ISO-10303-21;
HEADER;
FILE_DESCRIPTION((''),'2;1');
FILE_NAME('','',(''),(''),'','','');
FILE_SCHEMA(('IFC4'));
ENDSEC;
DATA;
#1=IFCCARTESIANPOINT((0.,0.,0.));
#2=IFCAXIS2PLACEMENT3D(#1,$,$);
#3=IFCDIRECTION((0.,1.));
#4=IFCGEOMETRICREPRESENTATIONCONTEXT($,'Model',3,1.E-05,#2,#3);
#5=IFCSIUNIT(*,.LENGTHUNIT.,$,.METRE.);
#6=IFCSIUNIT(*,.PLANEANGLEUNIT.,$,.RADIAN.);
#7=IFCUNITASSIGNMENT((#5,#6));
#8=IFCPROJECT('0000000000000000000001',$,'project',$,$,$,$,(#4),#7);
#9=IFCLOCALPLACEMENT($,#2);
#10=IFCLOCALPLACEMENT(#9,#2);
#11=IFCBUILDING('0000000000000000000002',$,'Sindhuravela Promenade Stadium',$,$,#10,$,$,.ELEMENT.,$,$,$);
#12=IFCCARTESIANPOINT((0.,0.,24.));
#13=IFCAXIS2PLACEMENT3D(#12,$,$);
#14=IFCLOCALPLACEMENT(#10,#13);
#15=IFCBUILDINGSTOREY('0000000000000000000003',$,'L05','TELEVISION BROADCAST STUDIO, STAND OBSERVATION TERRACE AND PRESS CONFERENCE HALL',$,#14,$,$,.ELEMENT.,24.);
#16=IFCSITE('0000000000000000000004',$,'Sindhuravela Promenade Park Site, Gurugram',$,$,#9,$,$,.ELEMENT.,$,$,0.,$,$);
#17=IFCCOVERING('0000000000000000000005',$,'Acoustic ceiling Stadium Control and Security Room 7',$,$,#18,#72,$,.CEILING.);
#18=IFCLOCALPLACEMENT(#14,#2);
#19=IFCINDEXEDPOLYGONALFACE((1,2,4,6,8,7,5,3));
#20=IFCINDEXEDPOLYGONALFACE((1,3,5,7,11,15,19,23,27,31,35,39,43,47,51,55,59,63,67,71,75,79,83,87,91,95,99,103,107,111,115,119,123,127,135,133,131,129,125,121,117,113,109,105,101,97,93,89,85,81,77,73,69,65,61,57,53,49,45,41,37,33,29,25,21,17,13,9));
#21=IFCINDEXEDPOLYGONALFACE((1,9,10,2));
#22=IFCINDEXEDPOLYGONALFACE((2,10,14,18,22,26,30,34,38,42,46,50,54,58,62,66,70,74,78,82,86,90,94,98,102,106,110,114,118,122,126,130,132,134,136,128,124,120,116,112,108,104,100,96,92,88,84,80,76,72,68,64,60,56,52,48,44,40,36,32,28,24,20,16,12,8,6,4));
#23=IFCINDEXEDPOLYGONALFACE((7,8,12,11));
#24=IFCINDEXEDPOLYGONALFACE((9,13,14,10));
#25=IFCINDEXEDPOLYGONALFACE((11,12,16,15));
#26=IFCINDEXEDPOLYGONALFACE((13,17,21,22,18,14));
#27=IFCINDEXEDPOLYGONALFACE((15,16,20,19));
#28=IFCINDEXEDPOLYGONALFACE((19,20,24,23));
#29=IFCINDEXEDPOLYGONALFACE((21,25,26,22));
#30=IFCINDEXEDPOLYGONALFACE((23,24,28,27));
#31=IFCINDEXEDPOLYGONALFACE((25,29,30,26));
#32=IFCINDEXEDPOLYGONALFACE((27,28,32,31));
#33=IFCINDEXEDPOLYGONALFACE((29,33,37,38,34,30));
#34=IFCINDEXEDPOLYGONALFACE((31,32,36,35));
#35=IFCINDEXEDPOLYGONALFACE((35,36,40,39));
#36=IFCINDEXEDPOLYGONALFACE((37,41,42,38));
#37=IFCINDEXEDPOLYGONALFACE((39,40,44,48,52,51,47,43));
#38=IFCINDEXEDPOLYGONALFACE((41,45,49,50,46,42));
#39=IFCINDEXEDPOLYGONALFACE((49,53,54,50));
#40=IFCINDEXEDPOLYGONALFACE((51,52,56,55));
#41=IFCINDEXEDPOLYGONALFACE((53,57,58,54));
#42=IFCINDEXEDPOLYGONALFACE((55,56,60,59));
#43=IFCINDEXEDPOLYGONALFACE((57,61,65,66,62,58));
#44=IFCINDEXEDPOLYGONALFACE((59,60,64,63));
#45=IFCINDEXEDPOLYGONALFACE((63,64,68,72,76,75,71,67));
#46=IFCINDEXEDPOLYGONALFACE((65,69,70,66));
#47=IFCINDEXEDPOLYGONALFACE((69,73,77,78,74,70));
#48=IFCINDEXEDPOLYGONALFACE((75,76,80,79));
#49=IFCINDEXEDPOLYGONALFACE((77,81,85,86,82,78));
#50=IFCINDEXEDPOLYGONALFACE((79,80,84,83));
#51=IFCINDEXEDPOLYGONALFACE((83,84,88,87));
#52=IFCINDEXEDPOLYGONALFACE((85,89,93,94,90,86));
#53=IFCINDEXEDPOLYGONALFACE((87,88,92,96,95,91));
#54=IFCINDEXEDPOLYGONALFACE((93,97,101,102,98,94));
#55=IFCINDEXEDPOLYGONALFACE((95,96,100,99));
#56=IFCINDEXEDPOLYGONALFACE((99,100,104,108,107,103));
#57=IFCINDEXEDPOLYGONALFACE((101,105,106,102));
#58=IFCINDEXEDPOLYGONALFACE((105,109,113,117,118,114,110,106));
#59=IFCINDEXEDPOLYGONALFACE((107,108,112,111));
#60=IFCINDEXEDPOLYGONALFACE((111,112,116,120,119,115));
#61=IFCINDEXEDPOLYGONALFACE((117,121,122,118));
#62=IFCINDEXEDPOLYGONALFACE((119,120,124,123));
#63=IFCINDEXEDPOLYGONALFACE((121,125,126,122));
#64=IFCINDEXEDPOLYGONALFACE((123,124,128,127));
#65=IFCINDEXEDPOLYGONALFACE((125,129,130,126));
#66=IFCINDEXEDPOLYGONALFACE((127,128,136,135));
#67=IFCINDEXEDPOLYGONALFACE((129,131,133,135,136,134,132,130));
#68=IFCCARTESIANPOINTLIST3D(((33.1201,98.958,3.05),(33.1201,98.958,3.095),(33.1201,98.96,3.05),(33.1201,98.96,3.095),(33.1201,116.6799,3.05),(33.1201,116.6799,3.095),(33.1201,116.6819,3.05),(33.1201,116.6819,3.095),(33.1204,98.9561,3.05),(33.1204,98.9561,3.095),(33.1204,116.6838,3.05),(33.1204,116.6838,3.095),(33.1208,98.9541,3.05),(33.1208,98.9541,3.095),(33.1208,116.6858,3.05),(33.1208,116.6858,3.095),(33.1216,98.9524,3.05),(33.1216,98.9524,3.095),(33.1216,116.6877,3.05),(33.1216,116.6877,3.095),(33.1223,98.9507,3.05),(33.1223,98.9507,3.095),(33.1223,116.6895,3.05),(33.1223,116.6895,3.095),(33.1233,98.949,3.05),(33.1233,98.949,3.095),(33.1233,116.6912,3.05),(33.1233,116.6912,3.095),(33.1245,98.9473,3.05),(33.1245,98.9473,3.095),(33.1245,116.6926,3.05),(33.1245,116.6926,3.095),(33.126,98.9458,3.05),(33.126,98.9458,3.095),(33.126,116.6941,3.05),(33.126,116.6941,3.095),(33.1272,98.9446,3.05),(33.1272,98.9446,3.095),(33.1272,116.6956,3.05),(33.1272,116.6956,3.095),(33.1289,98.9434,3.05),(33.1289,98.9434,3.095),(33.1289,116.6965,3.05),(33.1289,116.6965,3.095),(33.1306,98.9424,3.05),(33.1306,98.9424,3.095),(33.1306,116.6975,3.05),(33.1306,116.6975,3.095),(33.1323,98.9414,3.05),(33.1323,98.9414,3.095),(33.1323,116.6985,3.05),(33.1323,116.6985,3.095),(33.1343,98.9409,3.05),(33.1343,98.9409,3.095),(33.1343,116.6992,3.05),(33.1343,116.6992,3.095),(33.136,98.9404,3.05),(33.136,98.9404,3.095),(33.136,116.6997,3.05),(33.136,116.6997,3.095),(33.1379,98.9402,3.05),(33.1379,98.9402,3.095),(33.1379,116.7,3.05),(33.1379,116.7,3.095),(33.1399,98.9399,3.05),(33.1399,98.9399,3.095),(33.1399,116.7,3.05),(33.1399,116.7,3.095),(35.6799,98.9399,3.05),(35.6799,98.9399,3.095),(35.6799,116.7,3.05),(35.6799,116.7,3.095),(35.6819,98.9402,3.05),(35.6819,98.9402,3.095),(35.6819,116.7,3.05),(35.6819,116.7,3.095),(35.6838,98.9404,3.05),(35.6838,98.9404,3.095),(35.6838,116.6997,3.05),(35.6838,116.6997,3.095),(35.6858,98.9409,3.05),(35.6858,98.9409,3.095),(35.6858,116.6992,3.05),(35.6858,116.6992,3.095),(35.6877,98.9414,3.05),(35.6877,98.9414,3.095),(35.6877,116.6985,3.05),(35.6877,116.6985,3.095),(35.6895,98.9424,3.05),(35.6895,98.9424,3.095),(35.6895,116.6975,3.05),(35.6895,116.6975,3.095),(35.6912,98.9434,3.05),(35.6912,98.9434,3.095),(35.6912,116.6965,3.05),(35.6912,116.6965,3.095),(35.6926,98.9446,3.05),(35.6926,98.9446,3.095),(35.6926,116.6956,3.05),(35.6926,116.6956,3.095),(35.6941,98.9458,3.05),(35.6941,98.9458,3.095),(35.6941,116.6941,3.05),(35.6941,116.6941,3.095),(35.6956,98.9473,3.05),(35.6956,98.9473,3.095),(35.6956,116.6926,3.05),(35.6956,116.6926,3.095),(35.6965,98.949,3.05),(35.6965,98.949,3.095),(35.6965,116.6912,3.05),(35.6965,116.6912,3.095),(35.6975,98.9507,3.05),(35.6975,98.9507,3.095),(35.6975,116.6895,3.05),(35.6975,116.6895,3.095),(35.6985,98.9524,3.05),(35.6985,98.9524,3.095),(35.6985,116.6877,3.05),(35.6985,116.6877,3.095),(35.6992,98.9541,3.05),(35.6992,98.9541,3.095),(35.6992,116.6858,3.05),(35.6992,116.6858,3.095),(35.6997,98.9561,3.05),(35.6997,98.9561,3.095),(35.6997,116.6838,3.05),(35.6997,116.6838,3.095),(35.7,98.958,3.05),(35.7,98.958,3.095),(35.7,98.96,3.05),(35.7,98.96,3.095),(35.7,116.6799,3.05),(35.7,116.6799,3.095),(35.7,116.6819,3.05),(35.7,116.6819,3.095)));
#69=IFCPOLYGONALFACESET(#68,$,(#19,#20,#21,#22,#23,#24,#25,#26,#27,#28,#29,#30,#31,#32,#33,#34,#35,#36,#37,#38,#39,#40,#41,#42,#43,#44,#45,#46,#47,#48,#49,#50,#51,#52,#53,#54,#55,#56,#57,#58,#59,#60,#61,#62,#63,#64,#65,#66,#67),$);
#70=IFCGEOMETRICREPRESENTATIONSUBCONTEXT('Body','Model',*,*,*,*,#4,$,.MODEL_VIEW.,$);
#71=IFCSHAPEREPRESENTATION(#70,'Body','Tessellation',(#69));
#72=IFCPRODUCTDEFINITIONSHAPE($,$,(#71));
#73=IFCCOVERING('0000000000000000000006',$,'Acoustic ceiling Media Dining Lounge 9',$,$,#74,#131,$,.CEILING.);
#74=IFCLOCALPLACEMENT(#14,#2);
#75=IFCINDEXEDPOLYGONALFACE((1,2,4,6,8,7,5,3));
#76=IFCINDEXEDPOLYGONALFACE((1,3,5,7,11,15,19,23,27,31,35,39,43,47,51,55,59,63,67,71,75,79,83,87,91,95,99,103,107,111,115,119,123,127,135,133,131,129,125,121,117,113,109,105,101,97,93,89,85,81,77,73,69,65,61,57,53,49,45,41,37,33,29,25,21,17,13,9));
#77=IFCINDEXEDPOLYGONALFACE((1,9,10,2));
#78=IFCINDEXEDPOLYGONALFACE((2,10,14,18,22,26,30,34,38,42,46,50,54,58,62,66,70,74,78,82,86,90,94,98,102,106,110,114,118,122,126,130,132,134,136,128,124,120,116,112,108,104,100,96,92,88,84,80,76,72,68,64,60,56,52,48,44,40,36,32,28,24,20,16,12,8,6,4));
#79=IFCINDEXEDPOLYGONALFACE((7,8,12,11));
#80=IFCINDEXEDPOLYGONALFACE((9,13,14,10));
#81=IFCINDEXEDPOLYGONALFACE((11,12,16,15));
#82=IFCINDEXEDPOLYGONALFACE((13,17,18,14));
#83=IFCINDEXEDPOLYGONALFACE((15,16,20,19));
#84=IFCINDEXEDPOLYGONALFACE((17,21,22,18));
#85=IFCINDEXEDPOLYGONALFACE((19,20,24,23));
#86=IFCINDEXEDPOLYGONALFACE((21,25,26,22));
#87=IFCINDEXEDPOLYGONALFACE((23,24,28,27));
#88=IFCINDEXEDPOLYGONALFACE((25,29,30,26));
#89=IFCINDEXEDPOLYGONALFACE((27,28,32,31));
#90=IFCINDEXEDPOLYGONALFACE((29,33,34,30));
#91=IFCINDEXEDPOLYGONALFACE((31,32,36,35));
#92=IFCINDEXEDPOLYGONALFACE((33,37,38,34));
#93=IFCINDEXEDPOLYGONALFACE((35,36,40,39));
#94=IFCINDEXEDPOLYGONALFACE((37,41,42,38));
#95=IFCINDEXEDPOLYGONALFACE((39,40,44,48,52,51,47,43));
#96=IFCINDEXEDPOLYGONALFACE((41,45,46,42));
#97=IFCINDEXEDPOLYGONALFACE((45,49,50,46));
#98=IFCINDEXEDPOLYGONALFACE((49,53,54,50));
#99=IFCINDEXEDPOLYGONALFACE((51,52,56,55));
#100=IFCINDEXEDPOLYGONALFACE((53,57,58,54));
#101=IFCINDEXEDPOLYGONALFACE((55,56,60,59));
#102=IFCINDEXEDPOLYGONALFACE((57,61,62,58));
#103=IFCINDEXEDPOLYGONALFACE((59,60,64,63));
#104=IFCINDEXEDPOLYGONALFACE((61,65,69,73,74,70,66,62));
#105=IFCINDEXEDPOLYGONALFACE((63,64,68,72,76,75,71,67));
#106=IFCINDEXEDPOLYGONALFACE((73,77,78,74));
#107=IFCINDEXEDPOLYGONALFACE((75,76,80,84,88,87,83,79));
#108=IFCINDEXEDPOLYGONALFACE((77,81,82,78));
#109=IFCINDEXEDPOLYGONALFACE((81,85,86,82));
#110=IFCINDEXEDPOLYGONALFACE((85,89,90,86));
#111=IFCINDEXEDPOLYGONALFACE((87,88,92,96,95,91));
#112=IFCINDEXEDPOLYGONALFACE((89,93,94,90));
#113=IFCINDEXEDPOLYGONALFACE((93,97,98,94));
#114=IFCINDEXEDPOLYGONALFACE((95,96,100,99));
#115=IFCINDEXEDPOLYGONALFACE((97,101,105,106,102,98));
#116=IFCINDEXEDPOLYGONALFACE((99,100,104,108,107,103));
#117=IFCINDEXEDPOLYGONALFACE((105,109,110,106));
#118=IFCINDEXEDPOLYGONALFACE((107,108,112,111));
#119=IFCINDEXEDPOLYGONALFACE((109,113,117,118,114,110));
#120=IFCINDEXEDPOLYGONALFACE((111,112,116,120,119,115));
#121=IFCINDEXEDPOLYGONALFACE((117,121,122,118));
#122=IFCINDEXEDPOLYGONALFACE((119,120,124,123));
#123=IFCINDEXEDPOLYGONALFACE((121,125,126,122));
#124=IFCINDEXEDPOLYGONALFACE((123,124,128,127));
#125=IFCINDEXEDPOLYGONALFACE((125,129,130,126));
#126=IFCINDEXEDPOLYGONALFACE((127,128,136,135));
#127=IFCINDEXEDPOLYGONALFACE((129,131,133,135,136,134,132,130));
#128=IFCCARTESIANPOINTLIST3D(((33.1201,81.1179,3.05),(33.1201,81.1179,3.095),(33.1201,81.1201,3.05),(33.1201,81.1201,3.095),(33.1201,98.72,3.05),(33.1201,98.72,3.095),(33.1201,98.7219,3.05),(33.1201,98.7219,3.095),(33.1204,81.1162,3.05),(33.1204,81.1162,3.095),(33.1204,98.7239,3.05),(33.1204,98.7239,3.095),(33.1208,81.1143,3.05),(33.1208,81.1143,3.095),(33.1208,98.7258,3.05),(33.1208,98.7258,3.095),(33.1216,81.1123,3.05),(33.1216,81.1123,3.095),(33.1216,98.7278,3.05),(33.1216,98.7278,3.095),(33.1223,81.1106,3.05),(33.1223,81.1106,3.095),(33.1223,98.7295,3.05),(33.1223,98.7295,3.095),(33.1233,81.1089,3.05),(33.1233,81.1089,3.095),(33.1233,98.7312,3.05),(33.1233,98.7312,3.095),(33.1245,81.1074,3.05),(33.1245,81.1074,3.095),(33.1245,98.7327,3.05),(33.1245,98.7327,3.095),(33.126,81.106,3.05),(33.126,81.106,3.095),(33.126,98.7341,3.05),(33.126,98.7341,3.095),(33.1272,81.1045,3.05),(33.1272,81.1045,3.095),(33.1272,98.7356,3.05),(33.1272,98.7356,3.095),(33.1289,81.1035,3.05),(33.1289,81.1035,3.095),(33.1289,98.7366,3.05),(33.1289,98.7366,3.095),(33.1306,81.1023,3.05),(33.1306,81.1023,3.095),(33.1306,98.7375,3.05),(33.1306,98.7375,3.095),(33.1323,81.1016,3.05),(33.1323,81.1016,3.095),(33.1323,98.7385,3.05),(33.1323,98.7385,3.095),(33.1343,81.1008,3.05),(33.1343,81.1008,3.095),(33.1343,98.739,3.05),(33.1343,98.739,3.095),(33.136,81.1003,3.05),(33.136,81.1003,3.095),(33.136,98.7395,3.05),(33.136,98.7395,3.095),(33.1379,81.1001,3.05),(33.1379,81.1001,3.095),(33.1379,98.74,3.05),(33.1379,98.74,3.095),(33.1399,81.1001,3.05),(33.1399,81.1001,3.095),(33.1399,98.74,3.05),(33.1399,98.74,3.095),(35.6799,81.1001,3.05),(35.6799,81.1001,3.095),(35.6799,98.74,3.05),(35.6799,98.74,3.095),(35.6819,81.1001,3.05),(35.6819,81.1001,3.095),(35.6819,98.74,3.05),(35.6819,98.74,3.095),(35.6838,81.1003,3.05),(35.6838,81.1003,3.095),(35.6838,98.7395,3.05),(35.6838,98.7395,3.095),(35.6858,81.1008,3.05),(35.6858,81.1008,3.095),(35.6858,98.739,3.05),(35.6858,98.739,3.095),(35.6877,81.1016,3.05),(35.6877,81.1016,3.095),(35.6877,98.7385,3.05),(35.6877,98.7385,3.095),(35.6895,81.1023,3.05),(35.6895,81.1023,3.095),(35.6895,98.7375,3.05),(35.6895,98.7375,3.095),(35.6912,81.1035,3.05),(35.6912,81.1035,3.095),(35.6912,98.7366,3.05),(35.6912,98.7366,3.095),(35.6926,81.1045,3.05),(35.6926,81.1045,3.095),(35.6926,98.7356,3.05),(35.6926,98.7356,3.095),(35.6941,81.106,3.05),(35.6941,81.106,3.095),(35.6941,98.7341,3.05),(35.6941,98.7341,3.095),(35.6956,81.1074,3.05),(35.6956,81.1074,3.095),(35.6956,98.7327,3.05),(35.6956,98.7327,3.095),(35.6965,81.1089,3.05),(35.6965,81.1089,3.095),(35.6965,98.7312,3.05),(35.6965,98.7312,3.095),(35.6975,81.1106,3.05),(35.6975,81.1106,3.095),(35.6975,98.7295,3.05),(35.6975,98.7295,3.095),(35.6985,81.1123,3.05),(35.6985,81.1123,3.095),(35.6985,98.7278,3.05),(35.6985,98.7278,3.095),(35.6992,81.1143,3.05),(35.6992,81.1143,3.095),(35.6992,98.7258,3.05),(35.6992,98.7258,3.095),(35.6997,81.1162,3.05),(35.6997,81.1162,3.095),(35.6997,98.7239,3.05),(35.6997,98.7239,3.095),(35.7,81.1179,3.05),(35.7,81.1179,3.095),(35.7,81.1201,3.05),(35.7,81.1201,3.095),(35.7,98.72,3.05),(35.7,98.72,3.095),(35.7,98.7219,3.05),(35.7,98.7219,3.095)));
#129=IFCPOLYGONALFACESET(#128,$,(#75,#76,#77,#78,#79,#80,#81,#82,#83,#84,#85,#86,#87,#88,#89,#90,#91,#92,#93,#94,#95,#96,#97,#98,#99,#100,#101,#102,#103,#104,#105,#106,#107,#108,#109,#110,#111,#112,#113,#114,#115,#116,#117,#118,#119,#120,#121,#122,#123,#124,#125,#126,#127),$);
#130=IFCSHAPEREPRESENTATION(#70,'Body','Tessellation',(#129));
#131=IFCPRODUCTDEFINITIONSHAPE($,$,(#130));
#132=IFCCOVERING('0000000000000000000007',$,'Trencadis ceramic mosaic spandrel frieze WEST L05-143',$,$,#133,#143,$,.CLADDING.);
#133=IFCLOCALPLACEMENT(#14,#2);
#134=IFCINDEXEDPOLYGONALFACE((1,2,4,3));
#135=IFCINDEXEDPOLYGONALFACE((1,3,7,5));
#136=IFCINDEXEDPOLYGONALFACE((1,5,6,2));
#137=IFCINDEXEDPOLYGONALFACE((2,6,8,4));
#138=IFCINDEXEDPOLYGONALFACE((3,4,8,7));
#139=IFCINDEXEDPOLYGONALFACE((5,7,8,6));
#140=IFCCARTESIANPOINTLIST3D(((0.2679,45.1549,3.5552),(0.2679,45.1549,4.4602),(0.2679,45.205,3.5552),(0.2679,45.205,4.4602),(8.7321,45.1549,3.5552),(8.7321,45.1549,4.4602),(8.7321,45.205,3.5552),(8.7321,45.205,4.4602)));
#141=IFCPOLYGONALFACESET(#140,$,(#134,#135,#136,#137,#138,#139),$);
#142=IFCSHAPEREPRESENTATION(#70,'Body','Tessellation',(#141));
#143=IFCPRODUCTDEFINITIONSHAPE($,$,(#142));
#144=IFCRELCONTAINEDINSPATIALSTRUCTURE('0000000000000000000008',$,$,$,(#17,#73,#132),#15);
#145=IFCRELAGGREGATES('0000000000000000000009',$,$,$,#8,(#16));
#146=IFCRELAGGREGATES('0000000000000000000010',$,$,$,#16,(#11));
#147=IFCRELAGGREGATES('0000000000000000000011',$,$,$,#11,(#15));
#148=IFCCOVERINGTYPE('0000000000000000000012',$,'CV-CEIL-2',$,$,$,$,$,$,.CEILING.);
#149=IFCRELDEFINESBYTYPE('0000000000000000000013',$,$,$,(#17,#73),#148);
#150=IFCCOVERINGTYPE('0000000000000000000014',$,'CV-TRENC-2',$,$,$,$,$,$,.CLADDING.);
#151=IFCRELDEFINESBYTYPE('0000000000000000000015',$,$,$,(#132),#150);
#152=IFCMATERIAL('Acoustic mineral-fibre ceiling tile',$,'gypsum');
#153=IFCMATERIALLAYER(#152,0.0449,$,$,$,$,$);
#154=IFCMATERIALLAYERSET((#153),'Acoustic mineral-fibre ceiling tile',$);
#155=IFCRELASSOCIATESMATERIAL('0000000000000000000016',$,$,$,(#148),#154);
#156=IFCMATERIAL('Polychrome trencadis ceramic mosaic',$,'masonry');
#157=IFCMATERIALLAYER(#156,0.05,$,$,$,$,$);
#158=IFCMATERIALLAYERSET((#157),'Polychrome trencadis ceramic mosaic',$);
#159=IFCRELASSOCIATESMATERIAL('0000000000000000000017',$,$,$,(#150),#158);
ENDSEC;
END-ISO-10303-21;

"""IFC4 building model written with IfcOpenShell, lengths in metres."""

from ifc_helpers import new_model, si_unit, direction, frame, origin, origin_2d, place, context, subcontext, project, spatial, polyline, rectangle, outline, extrude, material, layer, layer_set, type_object, element, save


model = new_model("IFC4")

# Units and contexts
model_context = context("Model", 3, precision=1e-05, world=origin(), true_north=direction((0.0, 1.0)))
body_context = subcontext(model_context, "Body", "Model", "MODEL_VIEW")
ifc_project = project(units=[si_unit("LENGTHUNIT", "METRE"), si_unit("PLANEANGLEUNIT", "RADIAN")], contexts=[model_context])

# Site, building, storey
site_placement = place(None, origin())
site = spatial("IfcSite", under=ifc_project, at=site_placement, Name="Sindhuravela Promenade Park Site, Gurugram", CompositionType="ELEMENT", RefElevation=0.0)
building_placement = place(site_placement, origin())
building = spatial("IfcBuilding", under=site, at=building_placement, Name="Sindhuravela Promenade Stadium", CompositionType="ELEMENT")
storey_placement = place(building_placement, frame((0.0, 0.0, 24.0)))
storey = spatial("IfcBuildingStorey", under=building, at=storey_placement, Name="L05", Description="TELEVISION BROADCAST STUDIO, STAND OBSERVATION TERRACE AND PRESS CONFERENCE HALL", CompositionType="ELEMENT", Elevation=24.0)

# Coverings
ifc_material_1 = material(Name="Acoustic mineral-fibre ceiling tile", Category="gypsum")
ifc_layer_1 = layer(ifc_material_1, 0.0449)
ifc_layer_set_1 = layer_set([ifc_layer_1], Name="Acoustic mineral-fibre ceiling tile")
covering_type_1 = type_object("IfcCoveringType", Name="CV-CEIL-2", PredefinedType="CEILING", material=ifc_layer_set_1)
covering_1_placement = place(storey_placement, frame((0.0, 0.0, 3.05)))
element("IfcCovering", 1, at=covering_1_placement, inside=storey, type_object=covering_type_1, Name="Acoustic ceiling Stadium Control and Security Room 7", PredefinedType="CEILING", context=body_context, shape_type="SweptSolid", body=[
    extrude(outline(polyline([(35.7, 98.96), (35.7, 98.958), (35.6997, 98.9561), (35.6992, 98.9541), (35.6985, 98.9524), (35.6975, 98.9507), (35.6965, 98.949), (35.6956, 98.9473), (35.6941, 98.9458), (35.6926, 98.9446), (35.6912, 98.9434), (35.6895, 98.9424), (35.6877, 98.9414), (35.6858, 98.9409), (35.6838, 98.9404), (35.6819, 98.9402), (35.6799, 98.9399), (33.1399, 98.9399), (33.1379, 98.9402), (33.136, 98.9404), (33.1343, 98.9409), (33.1323, 98.9414), (33.1306, 98.9424), (33.1289, 98.9434), (33.1272, 98.9446), (33.126, 98.9458), (33.1245, 98.9473), (33.1233, 98.949), (33.1223, 98.9507), (33.1216, 98.9524), (33.1208, 98.9541), (33.1204, 98.9561), (33.1201, 98.958), (33.1201, 98.96), (33.1201, 116.6799), (33.1201, 116.6819), (33.1204, 116.6838), (33.1208, 116.6858), (33.1216, 116.6877), (33.1223, 116.6895), (33.1233, 116.6912), (33.1245, 116.6926), (33.126, 116.6941), (33.1272, 116.6956), (33.1289, 116.6965), (33.1306, 116.6975), (33.1323, 116.6985), (33.1343, 116.6992), (33.136, 116.6997), (33.1379, 116.7), (33.1399, 116.7), (35.6799, 116.7), (35.6819, 116.7), (35.6838, 116.6997), (35.6858, 116.6992), (35.6877, 116.6985), (35.6895, 116.6975), (35.6912, 116.6965), (35.6926, 116.6956), (35.6941, 116.6941), (35.6956, 116.6926), (35.6965, 116.6912), (35.6975, 116.6895), (35.6985, 116.6877), (35.6992, 116.6858), (35.6997, 116.6838), (35.7, 116.6819), (35.7, 116.6799), (35.7, 98.96)])), origin(), (0.0, 0.0, 1.0), 0.0449),
])
covering_2_placement = place(storey_placement, frame((0.0, 0.0, 3.05)))
element("IfcCovering", 2, at=covering_2_placement, inside=storey, type_object=covering_type_1, Name="Acoustic ceiling Media Dining Lounge 9", PredefinedType="CEILING", context=body_context, shape_type="SweptSolid", body=[
    extrude(outline(polyline([(35.7, 81.1201), (35.7, 81.1179), (35.6997, 81.1162), (35.6992, 81.1143), (35.6985, 81.1123), (35.6975, 81.1106), (35.6965, 81.1089), (35.6956, 81.1074), (35.6941, 81.106), (35.6926, 81.1045), (35.6912, 81.1035), (35.6895, 81.1023), (35.6877, 81.1016), (35.6858, 81.1008), (35.6838, 81.1003), (35.6819, 81.1001), (35.6799, 81.1001), (33.1399, 81.1001), (33.1379, 81.1001), (33.136, 81.1003), (33.1343, 81.1008), (33.1323, 81.1016), (33.1306, 81.1023), (33.1289, 81.1035), (33.1272, 81.1045), (33.126, 81.106), (33.1245, 81.1074), (33.1233, 81.1089), (33.1223, 81.1106), (33.1216, 81.1123), (33.1208, 81.1143), (33.1204, 81.1162), (33.1201, 81.1179), (33.1201, 81.1201), (33.1201, 98.72), (33.1201, 98.7219), (33.1204, 98.7239), (33.1208, 98.7258), (33.1216, 98.7278), (33.1223, 98.7295), (33.1233, 98.7312), (33.1245, 98.7327), (33.126, 98.7341), (33.1272, 98.7356), (33.1289, 98.7366), (33.1306, 98.7375), (33.1323, 98.7385), (33.1343, 98.739), (33.136, 98.7395), (33.1379, 98.74), (33.1399, 98.74), (35.6799, 98.74), (35.6819, 98.74), (35.6838, 98.7395), (35.6858, 98.739), (35.6877, 98.7385), (35.6895, 98.7375), (35.6912, 98.7366), (35.6926, 98.7356), (35.6941, 98.7341), (35.6956, 98.7327), (35.6965, 98.7312), (35.6975, 98.7295), (35.6985, 98.7278), (35.6992, 98.7258), (35.6997, 98.7239), (35.7, 98.7219), (35.7, 98.72), (35.7, 81.1201)])), origin(), (0.0, 0.0, 1.0), 0.0449),
])
ifc_material_2 = material(Name="Polychrome trencadis ceramic mosaic", Category="masonry")
ifc_layer_2 = layer(ifc_material_2, 0.05)
ifc_layer_set_2 = layer_set([ifc_layer_2], Name="Polychrome trencadis ceramic mosaic")
covering_type_2 = type_object("IfcCoveringType", Name="CV-TRENC-2", PredefinedType="CLADDING", material=ifc_layer_set_2)
covering_3_placement = place(storey_placement, frame((4.5, 45.1799, 3.5552), z_axis=(0.0, 0.0, 1.0), x_axis=(-1.0, 0.0, 0.0)))
element("IfcCovering", 3, at=covering_3_placement, inside=storey, type_object=covering_type_2, Name="Trencadis ceramic mosaic spandrel frieze WEST L05-143", PredefinedType="CLADDING", context=body_context, shape_type="SweptSolid", body=[
    extrude(rectangle(XDim=8.4641, YDim=0.05, at=origin_2d()), origin(), (0.0, 0.0, 1.0), 0.905),
])

save(model, "model.ifc")
